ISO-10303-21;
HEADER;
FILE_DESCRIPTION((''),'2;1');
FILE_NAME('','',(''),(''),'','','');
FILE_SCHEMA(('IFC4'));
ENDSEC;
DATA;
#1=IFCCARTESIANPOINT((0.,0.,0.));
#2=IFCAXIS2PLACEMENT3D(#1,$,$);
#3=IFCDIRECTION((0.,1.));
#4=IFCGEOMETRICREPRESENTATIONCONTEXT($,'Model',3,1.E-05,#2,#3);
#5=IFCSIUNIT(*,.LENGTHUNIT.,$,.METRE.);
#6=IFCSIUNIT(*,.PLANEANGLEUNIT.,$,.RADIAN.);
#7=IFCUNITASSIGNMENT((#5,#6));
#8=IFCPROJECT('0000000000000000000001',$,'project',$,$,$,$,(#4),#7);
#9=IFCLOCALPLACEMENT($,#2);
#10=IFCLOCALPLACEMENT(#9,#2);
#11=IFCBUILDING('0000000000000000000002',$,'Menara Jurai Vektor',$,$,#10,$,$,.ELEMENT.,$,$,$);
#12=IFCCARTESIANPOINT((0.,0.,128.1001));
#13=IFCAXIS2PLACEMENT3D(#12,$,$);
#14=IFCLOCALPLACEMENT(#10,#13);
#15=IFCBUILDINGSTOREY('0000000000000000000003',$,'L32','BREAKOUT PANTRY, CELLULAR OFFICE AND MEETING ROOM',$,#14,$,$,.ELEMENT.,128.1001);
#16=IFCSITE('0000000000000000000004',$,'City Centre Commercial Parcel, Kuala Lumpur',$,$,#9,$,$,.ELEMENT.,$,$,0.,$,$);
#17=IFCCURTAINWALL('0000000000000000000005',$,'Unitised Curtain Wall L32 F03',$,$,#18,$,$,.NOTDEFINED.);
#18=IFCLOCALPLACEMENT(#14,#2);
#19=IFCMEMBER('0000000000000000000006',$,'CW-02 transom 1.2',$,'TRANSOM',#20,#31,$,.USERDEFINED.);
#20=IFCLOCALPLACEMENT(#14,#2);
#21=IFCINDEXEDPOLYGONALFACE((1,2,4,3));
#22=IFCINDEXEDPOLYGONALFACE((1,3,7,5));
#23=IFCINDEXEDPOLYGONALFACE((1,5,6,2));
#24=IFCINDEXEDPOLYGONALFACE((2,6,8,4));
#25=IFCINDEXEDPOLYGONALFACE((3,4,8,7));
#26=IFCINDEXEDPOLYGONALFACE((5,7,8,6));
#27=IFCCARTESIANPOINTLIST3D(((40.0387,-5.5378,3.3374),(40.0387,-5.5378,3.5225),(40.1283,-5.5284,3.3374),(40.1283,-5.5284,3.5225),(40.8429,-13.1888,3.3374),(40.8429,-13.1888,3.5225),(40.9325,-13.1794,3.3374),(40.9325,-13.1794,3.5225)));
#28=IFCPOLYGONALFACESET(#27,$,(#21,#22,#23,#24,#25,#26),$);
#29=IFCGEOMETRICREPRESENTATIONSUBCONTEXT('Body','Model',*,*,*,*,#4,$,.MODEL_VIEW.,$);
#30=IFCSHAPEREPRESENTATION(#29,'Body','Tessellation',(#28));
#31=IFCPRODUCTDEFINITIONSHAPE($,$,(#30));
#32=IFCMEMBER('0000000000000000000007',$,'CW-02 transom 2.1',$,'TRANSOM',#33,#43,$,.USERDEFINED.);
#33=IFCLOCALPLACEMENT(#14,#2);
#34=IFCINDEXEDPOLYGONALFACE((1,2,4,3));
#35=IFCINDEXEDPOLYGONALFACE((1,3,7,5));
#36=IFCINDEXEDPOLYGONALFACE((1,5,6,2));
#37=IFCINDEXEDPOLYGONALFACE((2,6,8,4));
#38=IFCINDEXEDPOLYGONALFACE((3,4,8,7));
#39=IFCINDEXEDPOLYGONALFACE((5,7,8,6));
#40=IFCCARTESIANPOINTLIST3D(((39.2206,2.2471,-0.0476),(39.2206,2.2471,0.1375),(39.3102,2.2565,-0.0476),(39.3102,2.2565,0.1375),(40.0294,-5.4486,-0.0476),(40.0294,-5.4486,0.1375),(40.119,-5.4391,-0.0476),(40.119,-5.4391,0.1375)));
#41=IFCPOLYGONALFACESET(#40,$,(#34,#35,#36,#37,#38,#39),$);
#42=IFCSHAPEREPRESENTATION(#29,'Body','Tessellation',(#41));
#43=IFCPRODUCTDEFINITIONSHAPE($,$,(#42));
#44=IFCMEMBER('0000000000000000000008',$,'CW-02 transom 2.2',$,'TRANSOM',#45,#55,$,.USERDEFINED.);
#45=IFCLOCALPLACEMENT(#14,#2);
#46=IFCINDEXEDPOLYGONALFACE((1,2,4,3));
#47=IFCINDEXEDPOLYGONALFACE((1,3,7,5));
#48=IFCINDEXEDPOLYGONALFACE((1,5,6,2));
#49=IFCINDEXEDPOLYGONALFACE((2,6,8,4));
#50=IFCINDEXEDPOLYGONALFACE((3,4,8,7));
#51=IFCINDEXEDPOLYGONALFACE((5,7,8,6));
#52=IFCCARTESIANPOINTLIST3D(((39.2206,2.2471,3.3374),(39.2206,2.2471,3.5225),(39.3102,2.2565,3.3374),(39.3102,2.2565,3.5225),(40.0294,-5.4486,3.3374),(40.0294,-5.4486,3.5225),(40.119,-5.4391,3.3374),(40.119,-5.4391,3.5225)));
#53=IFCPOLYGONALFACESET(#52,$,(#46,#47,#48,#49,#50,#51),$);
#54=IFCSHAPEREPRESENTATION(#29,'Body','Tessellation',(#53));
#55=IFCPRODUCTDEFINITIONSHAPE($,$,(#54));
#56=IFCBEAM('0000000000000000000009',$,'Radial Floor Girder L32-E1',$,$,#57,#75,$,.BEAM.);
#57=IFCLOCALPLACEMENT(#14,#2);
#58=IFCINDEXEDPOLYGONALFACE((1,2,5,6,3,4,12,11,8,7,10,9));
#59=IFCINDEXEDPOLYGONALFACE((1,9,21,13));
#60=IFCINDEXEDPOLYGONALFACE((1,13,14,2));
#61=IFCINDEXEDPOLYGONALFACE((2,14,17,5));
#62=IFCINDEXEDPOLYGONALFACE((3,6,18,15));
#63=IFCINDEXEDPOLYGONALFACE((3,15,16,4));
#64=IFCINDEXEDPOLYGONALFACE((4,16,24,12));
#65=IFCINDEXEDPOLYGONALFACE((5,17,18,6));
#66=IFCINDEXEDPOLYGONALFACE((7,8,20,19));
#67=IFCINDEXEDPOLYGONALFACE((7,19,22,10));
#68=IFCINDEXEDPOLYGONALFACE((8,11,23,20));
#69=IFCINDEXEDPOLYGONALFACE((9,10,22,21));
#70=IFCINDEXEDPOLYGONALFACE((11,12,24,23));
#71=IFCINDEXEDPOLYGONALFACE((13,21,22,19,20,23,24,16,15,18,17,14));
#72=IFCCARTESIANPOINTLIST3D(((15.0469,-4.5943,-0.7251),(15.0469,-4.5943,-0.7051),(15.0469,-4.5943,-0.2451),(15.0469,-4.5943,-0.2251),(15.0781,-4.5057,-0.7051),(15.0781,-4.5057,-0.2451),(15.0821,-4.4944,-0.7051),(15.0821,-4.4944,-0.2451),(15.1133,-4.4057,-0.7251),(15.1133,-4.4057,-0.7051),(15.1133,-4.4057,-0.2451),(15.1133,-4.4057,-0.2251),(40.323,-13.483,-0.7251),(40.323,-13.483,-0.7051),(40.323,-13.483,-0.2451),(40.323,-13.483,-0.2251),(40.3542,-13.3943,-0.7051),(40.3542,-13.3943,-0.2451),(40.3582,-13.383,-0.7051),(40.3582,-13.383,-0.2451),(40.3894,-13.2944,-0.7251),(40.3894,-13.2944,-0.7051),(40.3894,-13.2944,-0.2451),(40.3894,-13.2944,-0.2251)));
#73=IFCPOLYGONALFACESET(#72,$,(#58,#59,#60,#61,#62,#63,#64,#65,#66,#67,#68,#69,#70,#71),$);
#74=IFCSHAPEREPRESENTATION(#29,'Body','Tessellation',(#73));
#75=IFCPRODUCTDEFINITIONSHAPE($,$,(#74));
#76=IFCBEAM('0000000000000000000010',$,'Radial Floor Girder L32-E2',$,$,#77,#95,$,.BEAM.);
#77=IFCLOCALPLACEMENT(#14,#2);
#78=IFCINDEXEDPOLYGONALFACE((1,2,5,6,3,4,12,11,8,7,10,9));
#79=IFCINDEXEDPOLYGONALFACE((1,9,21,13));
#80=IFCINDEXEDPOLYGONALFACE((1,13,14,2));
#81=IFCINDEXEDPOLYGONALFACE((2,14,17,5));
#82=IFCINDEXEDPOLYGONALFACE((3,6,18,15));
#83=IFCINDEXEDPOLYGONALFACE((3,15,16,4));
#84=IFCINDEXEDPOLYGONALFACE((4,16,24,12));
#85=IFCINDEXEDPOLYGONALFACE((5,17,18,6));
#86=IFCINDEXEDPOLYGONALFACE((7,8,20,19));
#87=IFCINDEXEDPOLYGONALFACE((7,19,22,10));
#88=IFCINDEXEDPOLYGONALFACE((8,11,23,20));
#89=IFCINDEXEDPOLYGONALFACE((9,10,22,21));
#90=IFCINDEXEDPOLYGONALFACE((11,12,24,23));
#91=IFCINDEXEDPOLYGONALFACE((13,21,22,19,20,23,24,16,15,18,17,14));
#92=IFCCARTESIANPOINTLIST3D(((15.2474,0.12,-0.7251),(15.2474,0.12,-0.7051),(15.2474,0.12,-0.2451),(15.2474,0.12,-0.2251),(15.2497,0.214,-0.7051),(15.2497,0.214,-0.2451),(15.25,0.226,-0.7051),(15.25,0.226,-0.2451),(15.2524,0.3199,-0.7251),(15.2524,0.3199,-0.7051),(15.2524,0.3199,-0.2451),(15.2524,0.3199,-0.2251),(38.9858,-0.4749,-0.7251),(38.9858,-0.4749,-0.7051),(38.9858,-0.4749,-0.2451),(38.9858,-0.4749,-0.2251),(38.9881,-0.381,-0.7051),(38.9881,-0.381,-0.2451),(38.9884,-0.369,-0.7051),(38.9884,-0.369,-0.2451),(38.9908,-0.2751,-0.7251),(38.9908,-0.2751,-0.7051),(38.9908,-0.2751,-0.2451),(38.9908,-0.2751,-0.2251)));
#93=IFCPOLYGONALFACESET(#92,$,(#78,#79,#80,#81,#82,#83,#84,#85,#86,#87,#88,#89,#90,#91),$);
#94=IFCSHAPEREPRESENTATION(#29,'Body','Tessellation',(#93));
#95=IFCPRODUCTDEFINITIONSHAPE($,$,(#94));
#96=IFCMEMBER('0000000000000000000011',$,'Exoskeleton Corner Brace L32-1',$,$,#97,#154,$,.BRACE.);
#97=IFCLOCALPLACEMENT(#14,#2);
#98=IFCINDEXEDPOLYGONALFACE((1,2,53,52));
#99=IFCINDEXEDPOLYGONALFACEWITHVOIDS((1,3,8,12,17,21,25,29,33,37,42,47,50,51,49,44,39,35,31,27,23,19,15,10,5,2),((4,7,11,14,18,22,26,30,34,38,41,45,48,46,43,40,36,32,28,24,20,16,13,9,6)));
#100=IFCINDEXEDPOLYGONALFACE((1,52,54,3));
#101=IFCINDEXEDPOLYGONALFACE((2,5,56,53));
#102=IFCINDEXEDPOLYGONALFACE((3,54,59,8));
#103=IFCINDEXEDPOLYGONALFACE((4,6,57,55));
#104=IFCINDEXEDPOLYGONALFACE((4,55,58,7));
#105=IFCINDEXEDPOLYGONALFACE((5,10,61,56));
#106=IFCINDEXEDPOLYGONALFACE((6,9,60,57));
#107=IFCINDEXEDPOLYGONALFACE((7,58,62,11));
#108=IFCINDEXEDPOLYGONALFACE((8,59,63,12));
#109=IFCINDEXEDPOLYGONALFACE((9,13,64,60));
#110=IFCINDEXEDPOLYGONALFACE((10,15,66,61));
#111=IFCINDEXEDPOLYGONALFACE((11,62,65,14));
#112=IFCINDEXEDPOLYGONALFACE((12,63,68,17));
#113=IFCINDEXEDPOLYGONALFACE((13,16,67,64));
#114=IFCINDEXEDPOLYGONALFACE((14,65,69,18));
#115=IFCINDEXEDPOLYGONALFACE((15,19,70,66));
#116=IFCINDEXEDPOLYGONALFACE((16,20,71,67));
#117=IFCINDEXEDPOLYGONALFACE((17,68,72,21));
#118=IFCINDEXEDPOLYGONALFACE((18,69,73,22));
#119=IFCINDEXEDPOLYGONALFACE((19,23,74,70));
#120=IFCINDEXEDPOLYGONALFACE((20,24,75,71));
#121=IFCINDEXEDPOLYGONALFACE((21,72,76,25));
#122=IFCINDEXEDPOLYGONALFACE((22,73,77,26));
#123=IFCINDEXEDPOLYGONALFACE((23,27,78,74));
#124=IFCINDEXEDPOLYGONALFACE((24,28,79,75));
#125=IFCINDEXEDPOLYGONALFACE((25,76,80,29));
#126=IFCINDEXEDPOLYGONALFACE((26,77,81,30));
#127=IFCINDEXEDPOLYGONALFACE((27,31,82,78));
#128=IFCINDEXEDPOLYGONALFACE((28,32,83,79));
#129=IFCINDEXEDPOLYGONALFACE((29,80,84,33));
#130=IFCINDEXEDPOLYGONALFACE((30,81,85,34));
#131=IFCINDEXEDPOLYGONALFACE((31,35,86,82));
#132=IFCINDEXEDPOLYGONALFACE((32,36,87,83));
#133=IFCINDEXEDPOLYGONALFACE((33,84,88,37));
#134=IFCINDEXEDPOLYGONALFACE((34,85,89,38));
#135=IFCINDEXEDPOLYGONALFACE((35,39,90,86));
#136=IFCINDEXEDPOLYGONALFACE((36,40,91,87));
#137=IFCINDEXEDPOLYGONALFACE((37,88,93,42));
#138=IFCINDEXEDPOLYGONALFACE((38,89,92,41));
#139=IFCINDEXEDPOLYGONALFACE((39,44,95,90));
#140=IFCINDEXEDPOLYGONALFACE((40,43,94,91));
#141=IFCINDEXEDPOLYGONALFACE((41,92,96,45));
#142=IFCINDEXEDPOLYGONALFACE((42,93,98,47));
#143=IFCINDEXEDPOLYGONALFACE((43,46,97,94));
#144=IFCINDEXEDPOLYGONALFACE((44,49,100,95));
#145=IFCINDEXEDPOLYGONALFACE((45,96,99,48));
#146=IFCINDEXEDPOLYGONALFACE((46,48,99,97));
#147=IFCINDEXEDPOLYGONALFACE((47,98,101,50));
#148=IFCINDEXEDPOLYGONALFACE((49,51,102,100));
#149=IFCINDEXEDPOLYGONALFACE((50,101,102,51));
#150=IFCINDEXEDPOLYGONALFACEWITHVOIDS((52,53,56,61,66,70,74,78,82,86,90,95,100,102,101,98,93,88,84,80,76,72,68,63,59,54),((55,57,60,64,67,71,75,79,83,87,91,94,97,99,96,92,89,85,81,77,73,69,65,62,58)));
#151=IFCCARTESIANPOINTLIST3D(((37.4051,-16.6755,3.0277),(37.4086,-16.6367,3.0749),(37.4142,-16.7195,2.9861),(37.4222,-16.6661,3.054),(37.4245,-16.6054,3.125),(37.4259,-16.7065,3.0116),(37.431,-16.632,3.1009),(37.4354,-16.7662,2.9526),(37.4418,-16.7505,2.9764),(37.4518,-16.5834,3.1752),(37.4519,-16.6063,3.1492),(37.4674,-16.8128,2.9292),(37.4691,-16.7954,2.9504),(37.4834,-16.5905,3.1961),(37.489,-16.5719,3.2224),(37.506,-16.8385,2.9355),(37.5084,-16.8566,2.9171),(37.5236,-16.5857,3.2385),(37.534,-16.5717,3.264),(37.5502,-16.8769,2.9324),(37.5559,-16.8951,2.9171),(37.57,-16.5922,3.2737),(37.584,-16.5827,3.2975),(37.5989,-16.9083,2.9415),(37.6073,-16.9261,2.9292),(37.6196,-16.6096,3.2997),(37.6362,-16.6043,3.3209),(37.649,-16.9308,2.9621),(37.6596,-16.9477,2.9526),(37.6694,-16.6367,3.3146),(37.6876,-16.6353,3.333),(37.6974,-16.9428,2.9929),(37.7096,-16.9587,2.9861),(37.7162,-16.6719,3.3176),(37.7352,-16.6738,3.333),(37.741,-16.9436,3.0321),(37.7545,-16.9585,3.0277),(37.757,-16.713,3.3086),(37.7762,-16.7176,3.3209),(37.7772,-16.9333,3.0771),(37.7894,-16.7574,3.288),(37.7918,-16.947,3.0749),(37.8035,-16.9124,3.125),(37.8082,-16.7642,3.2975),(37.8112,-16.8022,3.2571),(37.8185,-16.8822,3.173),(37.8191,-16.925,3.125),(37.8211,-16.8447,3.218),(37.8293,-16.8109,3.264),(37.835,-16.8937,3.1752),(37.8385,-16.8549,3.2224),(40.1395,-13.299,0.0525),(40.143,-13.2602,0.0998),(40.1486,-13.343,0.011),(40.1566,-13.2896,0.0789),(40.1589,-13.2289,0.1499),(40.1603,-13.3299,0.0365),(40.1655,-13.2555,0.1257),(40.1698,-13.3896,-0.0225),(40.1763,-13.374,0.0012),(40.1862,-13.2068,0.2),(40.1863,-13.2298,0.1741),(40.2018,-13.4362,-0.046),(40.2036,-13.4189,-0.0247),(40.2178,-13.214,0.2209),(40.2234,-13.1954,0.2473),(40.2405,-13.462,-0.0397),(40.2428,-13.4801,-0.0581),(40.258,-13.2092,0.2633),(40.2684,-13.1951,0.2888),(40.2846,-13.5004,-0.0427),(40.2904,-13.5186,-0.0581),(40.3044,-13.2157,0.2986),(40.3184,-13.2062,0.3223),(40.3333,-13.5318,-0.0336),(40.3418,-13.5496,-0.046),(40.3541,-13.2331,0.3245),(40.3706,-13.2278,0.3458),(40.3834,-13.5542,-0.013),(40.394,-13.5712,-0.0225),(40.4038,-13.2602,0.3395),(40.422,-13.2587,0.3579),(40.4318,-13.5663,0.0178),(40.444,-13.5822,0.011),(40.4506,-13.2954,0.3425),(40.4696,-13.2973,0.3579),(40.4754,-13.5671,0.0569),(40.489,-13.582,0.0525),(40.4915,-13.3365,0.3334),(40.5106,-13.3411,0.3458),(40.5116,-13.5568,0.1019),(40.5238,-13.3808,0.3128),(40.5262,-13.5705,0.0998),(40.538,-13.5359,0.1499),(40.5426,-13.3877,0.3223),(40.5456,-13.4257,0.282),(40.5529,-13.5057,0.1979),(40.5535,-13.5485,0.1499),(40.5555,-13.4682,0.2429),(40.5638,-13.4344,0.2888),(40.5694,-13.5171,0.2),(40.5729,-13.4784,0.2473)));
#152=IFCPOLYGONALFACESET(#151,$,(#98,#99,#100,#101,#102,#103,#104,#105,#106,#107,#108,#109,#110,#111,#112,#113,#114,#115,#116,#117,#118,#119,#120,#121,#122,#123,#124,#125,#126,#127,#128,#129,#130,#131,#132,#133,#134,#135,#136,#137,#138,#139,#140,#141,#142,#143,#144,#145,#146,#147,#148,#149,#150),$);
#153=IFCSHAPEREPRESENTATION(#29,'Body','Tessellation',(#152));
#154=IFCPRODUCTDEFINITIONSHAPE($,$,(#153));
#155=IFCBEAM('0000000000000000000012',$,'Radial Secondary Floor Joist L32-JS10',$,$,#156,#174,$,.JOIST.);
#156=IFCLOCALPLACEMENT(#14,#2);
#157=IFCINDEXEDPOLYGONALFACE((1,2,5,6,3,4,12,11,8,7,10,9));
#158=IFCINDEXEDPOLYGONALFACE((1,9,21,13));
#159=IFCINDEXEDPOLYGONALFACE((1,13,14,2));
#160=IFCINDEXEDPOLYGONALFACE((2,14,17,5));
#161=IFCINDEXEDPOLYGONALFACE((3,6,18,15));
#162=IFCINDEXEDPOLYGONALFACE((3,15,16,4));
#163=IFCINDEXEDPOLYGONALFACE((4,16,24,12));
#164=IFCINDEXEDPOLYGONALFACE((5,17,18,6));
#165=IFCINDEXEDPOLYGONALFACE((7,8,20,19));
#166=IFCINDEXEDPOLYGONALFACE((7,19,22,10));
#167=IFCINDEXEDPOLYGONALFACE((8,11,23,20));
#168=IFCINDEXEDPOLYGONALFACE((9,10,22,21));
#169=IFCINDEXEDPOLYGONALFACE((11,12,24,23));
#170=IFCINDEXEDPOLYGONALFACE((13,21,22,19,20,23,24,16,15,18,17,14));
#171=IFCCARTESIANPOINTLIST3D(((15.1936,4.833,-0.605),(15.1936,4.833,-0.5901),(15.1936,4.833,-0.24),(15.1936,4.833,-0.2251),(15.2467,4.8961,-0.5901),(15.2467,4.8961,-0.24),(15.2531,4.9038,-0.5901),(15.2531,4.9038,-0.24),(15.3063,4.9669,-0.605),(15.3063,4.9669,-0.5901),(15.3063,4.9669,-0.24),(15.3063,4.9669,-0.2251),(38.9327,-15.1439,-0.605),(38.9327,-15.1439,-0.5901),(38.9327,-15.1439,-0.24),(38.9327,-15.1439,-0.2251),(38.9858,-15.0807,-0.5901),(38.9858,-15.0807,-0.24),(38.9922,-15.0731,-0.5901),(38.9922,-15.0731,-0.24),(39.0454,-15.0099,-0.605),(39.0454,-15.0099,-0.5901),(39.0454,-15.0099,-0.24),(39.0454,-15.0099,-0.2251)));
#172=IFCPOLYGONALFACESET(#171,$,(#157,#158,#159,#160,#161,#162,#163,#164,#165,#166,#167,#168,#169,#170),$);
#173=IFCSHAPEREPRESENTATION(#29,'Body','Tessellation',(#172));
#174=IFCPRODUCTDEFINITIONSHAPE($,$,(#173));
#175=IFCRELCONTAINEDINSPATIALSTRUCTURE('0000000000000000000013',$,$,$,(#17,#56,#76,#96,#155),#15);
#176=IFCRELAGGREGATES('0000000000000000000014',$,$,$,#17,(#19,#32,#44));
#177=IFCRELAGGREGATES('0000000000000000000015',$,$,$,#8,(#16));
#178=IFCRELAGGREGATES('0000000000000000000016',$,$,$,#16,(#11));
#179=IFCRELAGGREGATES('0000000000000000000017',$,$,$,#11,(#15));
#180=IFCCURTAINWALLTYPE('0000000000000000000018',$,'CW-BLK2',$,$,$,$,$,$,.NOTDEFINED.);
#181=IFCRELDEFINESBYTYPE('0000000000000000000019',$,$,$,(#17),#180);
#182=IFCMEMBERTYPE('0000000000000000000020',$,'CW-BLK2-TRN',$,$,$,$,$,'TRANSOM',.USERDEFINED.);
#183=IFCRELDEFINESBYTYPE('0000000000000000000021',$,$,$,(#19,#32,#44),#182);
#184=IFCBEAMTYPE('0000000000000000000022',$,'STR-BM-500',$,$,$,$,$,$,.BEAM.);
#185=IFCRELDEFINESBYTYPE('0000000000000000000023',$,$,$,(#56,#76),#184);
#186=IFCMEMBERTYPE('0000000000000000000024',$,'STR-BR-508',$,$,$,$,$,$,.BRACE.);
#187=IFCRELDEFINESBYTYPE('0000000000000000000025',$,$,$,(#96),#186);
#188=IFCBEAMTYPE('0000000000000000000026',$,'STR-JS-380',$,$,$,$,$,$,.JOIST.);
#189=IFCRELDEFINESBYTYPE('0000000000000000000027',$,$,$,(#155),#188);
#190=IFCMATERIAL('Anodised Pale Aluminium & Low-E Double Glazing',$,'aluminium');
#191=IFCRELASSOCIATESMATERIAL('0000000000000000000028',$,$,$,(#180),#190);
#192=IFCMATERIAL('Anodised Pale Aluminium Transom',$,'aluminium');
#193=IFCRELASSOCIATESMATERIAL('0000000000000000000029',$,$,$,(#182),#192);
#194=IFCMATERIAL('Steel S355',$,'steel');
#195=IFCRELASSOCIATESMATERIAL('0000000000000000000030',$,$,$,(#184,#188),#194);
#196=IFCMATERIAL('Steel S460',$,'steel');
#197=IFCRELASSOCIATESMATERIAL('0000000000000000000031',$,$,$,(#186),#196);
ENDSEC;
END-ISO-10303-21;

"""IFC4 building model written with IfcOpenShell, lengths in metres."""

from ifc_helpers import new_model, si_unit, direction, frame, origin, origin_2d, place, context, subcontext, project, spatial, rectangle, hollow_circle, i_section, extrude, material, material_profile, profile_set, type_object, element, aggregate, save


model = new_model("IFC4")

# Units and contexts
model_context = context("Model", 3, precision=1e-05, world=origin(), true_north=direction((0.0, 1.0)))
body_context = subcontext(model_context, "Body", "Model", "MODEL_VIEW")
ifc_project = project(units=[si_unit("LENGTHUNIT", "METRE"), si_unit("PLANEANGLEUNIT", "RADIAN")], contexts=[model_context])

# Site, building, storey
site_placement = place(None, origin())
site = spatial("IfcSite", under=ifc_project, at=site_placement, Name="City Centre Commercial Parcel, Kuala Lumpur", CompositionType="ELEMENT", RefElevation=0.0)
building_placement = place(site_placement, origin())
building = spatial("IfcBuilding", under=site, at=building_placement, Name="Menara Jurai Vektor", CompositionType="ELEMENT")
storey_placement = place(building_placement, frame((0.0, 0.0, 128.1001)))
storey = spatial("IfcBuildingStorey", under=building, at=storey_placement, Name="L32", Description="BREAKOUT PANTRY, CELLULAR OFFICE AND MEETING ROOM", CompositionType="ELEMENT", Elevation=128.1001)

# Shared definitions
ifc_material_1 = material(Name="Steel S460", Category="steel")

# Curtain wall
ifc_material_2 = material(Name="Anodised Pale Aluminium & Low-E Double Glazing", Category="aluminium")
curtain_wall_type = type_object("IfcCurtainWallType", Name="CW-BLK2", PredefinedType="NOTDEFINED", material=ifc_material_2)
curtain_wall_1_placement = place(storey_placement, origin())
curtain_wall_1 = element("IfcCurtainWall", 1, at=curtain_wall_1_placement, inside=storey, type_object=curtain_wall_type, Name="Unitised Curtain Wall L32 F03", PredefinedType="NOTDEFINED")

# Members
ifc_material_3 = material(Name="Anodised Pale Aluminium Transom", Category="aluminium")
ifc_material_profile_1 = material_profile(ifc_material_3, rectangle(XDim=0.0901, YDim=0.1851, at=origin_2d()), Name="ALU TRN 90x185")
ifc_profile_set_1 = profile_set([ifc_material_profile_1], Name="Anodised Pale Aluminium Transom")
member_type_1 = type_object("IfcMemberType", Name="CW-BLK2-TRN", ElementType="TRANSOM", PredefinedType="USERDEFINED", material=ifc_profile_set_1)
member_1_placement = place(storey_placement, frame((40.8877, -13.1841, 3.4299), z_axis=(-0.104536, 0.994521, 0.0), x_axis=(-0.994521, -0.104536, 0.0)))
member_1 = element("IfcMember", 2, at=member_1_placement, type_object=member_type_1, Name="CW-02 transom 1.2", ObjectType="TRANSOM", PredefinedType="USERDEFINED", context=body_context, shape_type="SweptSolid", body=[
    extrude(rectangle(XDim=0.0901, YDim=0.1851, at=origin_2d()), origin(), (0.0, 0.0, 1.0), 7.6931),
])
member_2_placement = place(storey_placement, frame((40.0742, -5.4438, 0.0449), z_axis=(-0.104529, 0.994522, 0.0), x_axis=(-0.994522, -0.104529, 0.0)))
member_2 = element("IfcMember", 3, at=member_2_placement, type_object=member_type_1, Name="CW-02 transom 2.1", ObjectType="TRANSOM", PredefinedType="USERDEFINED", context=body_context, shape_type="SweptSolid", body=[
    extrude(rectangle(XDim=0.0901, YDim=0.1851, at=origin_2d()), origin(), (0.0, 0.0, 1.0), 7.738),
])
member_3_placement = place(storey_placement, frame((40.0742, -5.4438, 3.4299), z_axis=(-0.104529, 0.994522, 0.0), x_axis=(-0.994522, -0.104529, 0.0)))
member_3 = element("IfcMember", 4, at=member_3_placement, type_object=member_type_1, Name="CW-02 transom 2.2", ObjectType="TRANSOM", PredefinedType="USERDEFINED", context=body_context, shape_type="SweptSolid", body=[
    extrude(rectangle(XDim=0.0901, YDim=0.1851, at=origin_2d()), origin(), (0.0, 0.0, 1.0), 7.738),
])

# Beams
ifc_material_4 = material(Name="Steel S355", Category="steel")
ifc_material_profile_2 = material_profile(ifc_material_4, i_section(OverallWidth=0.2, OverallDepth=0.5, WebThickness=0.012, FlangeThickness=0.02, at=origin_2d()), Name="PG 500x200x96")
ifc_profile_set_2 = profile_set([ifc_material_profile_2], Name="Steel S355")
beam_type_1 = type_object("IfcBeamType", Name="STR-BM-500", PredefinedType="BEAM", material=ifc_profile_set_2)
beam_1_placement = place(storey_placement, frame((40.3562, -13.3887, -0.4751), z_axis=(-0.943368, 0.331747, 0.0), x_axis=(-0.331747, -0.943368, 0.0)))
element("IfcBeam", 5, at=beam_1_placement, inside=storey, type_object=beam_type_1, Name="Radial Floor Girder L32-E1", PredefinedType="BEAM", context=body_context, shape_type="SweptSolid", body=[
    extrude(i_section(OverallWidth=0.2, OverallDepth=0.5, WebThickness=0.012, FlangeThickness=0.02, at=origin_2d()), origin(), (0.0, 0.0, 1.0), 26.7935),
])
beam_2_placement = place(storey_placement, frame((38.9883, -0.375, -0.4751), z_axis=(-0.999686, 0.025056, 0.0), x_axis=(-0.025056, -0.999686, 0.0)))
element("IfcBeam", 6, at=beam_2_placement, inside=storey, type_object=beam_type_1, Name="Radial Floor Girder L32-E2", PredefinedType="BEAM", context=body_context, shape_type="SweptSolid", body=[
    extrude(i_section(OverallWidth=0.2, OverallDepth=0.5, WebThickness=0.012, FlangeThickness=0.02, at=origin_2d()), origin(), (0.0, 0.0, 1.0), 23.7458),
])

# Member
ifc_material_profile_3 = material_profile(ifc_material_1, hollow_circle(Radius=0.2539, WallThickness=0.02, at=origin_2d()), Name="CHS 508x20")
ifc_profile_set_3 = profile_set([ifc_material_profile_3], Name="Steel S460")
member_type_2 = type_object("IfcMemberType", Name="STR-BR-508", PredefinedType="BRACE", material=ifc_profile_set_3)
member_4_placement = place(storey_placement, frame((40.3562, -13.3887, 0.1499), z_axis=(-0.519272, -0.641208, 0.564986), x_axis=(0.777127, -0.629344, 0.0)))
element("IfcMember", 7, at=member_4_placement, inside=storey, type_object=member_type_2, Name="Exoskeleton Corner Brace L32-1", PredefinedType="BRACE", context=body_context, shape_type="SweptSolid", body=[
    extrude(hollow_circle(Radius=0.2539, WallThickness=0.02, at=origin_2d()), origin(), (0.0, 0.0, 1.0), 5.2659),
])

# Beam
ifc_material_profile_4 = material_profile(ifc_material_4, i_section(OverallWidth=0.175, OverallDepth=0.3799, WebThickness=0.01, FlangeThickness=0.0149, at=origin_2d()), Name="PG 380x175x58")
ifc_profile_set_4 = profile_set([ifc_material_profile_4], Name="Steel S355")
beam_type_2 = type_object("IfcBeamType", Name="STR-JS-380", PredefinedType="JOIST", material=ifc_profile_set_4)
beam_3_placement = place(storey_placement, frame((38.989, -15.0769, -0.415), z_axis=(-0.765133, 0.643873, 0.0), x_axis=(-0.643873, -0.765133, 0.0)))
element("IfcBeam", 8, at=beam_3_placement, inside=storey, type_object=beam_type_2, Name="Radial Secondary Floor Joist L32-JS10", PredefinedType="JOIST", context=body_context, shape_type="SweptSolid", body=[
    extrude(i_section(OverallWidth=0.175, OverallDepth=0.3799, WebThickness=0.01, FlangeThickness=0.0149, at=origin_2d()), origin(), (0.0, 0.0, 1.0), 31.0261),
])

aggregate(curtain_wall_1, [member_1, member_2, member_3])

save(model, "model.ifc")
